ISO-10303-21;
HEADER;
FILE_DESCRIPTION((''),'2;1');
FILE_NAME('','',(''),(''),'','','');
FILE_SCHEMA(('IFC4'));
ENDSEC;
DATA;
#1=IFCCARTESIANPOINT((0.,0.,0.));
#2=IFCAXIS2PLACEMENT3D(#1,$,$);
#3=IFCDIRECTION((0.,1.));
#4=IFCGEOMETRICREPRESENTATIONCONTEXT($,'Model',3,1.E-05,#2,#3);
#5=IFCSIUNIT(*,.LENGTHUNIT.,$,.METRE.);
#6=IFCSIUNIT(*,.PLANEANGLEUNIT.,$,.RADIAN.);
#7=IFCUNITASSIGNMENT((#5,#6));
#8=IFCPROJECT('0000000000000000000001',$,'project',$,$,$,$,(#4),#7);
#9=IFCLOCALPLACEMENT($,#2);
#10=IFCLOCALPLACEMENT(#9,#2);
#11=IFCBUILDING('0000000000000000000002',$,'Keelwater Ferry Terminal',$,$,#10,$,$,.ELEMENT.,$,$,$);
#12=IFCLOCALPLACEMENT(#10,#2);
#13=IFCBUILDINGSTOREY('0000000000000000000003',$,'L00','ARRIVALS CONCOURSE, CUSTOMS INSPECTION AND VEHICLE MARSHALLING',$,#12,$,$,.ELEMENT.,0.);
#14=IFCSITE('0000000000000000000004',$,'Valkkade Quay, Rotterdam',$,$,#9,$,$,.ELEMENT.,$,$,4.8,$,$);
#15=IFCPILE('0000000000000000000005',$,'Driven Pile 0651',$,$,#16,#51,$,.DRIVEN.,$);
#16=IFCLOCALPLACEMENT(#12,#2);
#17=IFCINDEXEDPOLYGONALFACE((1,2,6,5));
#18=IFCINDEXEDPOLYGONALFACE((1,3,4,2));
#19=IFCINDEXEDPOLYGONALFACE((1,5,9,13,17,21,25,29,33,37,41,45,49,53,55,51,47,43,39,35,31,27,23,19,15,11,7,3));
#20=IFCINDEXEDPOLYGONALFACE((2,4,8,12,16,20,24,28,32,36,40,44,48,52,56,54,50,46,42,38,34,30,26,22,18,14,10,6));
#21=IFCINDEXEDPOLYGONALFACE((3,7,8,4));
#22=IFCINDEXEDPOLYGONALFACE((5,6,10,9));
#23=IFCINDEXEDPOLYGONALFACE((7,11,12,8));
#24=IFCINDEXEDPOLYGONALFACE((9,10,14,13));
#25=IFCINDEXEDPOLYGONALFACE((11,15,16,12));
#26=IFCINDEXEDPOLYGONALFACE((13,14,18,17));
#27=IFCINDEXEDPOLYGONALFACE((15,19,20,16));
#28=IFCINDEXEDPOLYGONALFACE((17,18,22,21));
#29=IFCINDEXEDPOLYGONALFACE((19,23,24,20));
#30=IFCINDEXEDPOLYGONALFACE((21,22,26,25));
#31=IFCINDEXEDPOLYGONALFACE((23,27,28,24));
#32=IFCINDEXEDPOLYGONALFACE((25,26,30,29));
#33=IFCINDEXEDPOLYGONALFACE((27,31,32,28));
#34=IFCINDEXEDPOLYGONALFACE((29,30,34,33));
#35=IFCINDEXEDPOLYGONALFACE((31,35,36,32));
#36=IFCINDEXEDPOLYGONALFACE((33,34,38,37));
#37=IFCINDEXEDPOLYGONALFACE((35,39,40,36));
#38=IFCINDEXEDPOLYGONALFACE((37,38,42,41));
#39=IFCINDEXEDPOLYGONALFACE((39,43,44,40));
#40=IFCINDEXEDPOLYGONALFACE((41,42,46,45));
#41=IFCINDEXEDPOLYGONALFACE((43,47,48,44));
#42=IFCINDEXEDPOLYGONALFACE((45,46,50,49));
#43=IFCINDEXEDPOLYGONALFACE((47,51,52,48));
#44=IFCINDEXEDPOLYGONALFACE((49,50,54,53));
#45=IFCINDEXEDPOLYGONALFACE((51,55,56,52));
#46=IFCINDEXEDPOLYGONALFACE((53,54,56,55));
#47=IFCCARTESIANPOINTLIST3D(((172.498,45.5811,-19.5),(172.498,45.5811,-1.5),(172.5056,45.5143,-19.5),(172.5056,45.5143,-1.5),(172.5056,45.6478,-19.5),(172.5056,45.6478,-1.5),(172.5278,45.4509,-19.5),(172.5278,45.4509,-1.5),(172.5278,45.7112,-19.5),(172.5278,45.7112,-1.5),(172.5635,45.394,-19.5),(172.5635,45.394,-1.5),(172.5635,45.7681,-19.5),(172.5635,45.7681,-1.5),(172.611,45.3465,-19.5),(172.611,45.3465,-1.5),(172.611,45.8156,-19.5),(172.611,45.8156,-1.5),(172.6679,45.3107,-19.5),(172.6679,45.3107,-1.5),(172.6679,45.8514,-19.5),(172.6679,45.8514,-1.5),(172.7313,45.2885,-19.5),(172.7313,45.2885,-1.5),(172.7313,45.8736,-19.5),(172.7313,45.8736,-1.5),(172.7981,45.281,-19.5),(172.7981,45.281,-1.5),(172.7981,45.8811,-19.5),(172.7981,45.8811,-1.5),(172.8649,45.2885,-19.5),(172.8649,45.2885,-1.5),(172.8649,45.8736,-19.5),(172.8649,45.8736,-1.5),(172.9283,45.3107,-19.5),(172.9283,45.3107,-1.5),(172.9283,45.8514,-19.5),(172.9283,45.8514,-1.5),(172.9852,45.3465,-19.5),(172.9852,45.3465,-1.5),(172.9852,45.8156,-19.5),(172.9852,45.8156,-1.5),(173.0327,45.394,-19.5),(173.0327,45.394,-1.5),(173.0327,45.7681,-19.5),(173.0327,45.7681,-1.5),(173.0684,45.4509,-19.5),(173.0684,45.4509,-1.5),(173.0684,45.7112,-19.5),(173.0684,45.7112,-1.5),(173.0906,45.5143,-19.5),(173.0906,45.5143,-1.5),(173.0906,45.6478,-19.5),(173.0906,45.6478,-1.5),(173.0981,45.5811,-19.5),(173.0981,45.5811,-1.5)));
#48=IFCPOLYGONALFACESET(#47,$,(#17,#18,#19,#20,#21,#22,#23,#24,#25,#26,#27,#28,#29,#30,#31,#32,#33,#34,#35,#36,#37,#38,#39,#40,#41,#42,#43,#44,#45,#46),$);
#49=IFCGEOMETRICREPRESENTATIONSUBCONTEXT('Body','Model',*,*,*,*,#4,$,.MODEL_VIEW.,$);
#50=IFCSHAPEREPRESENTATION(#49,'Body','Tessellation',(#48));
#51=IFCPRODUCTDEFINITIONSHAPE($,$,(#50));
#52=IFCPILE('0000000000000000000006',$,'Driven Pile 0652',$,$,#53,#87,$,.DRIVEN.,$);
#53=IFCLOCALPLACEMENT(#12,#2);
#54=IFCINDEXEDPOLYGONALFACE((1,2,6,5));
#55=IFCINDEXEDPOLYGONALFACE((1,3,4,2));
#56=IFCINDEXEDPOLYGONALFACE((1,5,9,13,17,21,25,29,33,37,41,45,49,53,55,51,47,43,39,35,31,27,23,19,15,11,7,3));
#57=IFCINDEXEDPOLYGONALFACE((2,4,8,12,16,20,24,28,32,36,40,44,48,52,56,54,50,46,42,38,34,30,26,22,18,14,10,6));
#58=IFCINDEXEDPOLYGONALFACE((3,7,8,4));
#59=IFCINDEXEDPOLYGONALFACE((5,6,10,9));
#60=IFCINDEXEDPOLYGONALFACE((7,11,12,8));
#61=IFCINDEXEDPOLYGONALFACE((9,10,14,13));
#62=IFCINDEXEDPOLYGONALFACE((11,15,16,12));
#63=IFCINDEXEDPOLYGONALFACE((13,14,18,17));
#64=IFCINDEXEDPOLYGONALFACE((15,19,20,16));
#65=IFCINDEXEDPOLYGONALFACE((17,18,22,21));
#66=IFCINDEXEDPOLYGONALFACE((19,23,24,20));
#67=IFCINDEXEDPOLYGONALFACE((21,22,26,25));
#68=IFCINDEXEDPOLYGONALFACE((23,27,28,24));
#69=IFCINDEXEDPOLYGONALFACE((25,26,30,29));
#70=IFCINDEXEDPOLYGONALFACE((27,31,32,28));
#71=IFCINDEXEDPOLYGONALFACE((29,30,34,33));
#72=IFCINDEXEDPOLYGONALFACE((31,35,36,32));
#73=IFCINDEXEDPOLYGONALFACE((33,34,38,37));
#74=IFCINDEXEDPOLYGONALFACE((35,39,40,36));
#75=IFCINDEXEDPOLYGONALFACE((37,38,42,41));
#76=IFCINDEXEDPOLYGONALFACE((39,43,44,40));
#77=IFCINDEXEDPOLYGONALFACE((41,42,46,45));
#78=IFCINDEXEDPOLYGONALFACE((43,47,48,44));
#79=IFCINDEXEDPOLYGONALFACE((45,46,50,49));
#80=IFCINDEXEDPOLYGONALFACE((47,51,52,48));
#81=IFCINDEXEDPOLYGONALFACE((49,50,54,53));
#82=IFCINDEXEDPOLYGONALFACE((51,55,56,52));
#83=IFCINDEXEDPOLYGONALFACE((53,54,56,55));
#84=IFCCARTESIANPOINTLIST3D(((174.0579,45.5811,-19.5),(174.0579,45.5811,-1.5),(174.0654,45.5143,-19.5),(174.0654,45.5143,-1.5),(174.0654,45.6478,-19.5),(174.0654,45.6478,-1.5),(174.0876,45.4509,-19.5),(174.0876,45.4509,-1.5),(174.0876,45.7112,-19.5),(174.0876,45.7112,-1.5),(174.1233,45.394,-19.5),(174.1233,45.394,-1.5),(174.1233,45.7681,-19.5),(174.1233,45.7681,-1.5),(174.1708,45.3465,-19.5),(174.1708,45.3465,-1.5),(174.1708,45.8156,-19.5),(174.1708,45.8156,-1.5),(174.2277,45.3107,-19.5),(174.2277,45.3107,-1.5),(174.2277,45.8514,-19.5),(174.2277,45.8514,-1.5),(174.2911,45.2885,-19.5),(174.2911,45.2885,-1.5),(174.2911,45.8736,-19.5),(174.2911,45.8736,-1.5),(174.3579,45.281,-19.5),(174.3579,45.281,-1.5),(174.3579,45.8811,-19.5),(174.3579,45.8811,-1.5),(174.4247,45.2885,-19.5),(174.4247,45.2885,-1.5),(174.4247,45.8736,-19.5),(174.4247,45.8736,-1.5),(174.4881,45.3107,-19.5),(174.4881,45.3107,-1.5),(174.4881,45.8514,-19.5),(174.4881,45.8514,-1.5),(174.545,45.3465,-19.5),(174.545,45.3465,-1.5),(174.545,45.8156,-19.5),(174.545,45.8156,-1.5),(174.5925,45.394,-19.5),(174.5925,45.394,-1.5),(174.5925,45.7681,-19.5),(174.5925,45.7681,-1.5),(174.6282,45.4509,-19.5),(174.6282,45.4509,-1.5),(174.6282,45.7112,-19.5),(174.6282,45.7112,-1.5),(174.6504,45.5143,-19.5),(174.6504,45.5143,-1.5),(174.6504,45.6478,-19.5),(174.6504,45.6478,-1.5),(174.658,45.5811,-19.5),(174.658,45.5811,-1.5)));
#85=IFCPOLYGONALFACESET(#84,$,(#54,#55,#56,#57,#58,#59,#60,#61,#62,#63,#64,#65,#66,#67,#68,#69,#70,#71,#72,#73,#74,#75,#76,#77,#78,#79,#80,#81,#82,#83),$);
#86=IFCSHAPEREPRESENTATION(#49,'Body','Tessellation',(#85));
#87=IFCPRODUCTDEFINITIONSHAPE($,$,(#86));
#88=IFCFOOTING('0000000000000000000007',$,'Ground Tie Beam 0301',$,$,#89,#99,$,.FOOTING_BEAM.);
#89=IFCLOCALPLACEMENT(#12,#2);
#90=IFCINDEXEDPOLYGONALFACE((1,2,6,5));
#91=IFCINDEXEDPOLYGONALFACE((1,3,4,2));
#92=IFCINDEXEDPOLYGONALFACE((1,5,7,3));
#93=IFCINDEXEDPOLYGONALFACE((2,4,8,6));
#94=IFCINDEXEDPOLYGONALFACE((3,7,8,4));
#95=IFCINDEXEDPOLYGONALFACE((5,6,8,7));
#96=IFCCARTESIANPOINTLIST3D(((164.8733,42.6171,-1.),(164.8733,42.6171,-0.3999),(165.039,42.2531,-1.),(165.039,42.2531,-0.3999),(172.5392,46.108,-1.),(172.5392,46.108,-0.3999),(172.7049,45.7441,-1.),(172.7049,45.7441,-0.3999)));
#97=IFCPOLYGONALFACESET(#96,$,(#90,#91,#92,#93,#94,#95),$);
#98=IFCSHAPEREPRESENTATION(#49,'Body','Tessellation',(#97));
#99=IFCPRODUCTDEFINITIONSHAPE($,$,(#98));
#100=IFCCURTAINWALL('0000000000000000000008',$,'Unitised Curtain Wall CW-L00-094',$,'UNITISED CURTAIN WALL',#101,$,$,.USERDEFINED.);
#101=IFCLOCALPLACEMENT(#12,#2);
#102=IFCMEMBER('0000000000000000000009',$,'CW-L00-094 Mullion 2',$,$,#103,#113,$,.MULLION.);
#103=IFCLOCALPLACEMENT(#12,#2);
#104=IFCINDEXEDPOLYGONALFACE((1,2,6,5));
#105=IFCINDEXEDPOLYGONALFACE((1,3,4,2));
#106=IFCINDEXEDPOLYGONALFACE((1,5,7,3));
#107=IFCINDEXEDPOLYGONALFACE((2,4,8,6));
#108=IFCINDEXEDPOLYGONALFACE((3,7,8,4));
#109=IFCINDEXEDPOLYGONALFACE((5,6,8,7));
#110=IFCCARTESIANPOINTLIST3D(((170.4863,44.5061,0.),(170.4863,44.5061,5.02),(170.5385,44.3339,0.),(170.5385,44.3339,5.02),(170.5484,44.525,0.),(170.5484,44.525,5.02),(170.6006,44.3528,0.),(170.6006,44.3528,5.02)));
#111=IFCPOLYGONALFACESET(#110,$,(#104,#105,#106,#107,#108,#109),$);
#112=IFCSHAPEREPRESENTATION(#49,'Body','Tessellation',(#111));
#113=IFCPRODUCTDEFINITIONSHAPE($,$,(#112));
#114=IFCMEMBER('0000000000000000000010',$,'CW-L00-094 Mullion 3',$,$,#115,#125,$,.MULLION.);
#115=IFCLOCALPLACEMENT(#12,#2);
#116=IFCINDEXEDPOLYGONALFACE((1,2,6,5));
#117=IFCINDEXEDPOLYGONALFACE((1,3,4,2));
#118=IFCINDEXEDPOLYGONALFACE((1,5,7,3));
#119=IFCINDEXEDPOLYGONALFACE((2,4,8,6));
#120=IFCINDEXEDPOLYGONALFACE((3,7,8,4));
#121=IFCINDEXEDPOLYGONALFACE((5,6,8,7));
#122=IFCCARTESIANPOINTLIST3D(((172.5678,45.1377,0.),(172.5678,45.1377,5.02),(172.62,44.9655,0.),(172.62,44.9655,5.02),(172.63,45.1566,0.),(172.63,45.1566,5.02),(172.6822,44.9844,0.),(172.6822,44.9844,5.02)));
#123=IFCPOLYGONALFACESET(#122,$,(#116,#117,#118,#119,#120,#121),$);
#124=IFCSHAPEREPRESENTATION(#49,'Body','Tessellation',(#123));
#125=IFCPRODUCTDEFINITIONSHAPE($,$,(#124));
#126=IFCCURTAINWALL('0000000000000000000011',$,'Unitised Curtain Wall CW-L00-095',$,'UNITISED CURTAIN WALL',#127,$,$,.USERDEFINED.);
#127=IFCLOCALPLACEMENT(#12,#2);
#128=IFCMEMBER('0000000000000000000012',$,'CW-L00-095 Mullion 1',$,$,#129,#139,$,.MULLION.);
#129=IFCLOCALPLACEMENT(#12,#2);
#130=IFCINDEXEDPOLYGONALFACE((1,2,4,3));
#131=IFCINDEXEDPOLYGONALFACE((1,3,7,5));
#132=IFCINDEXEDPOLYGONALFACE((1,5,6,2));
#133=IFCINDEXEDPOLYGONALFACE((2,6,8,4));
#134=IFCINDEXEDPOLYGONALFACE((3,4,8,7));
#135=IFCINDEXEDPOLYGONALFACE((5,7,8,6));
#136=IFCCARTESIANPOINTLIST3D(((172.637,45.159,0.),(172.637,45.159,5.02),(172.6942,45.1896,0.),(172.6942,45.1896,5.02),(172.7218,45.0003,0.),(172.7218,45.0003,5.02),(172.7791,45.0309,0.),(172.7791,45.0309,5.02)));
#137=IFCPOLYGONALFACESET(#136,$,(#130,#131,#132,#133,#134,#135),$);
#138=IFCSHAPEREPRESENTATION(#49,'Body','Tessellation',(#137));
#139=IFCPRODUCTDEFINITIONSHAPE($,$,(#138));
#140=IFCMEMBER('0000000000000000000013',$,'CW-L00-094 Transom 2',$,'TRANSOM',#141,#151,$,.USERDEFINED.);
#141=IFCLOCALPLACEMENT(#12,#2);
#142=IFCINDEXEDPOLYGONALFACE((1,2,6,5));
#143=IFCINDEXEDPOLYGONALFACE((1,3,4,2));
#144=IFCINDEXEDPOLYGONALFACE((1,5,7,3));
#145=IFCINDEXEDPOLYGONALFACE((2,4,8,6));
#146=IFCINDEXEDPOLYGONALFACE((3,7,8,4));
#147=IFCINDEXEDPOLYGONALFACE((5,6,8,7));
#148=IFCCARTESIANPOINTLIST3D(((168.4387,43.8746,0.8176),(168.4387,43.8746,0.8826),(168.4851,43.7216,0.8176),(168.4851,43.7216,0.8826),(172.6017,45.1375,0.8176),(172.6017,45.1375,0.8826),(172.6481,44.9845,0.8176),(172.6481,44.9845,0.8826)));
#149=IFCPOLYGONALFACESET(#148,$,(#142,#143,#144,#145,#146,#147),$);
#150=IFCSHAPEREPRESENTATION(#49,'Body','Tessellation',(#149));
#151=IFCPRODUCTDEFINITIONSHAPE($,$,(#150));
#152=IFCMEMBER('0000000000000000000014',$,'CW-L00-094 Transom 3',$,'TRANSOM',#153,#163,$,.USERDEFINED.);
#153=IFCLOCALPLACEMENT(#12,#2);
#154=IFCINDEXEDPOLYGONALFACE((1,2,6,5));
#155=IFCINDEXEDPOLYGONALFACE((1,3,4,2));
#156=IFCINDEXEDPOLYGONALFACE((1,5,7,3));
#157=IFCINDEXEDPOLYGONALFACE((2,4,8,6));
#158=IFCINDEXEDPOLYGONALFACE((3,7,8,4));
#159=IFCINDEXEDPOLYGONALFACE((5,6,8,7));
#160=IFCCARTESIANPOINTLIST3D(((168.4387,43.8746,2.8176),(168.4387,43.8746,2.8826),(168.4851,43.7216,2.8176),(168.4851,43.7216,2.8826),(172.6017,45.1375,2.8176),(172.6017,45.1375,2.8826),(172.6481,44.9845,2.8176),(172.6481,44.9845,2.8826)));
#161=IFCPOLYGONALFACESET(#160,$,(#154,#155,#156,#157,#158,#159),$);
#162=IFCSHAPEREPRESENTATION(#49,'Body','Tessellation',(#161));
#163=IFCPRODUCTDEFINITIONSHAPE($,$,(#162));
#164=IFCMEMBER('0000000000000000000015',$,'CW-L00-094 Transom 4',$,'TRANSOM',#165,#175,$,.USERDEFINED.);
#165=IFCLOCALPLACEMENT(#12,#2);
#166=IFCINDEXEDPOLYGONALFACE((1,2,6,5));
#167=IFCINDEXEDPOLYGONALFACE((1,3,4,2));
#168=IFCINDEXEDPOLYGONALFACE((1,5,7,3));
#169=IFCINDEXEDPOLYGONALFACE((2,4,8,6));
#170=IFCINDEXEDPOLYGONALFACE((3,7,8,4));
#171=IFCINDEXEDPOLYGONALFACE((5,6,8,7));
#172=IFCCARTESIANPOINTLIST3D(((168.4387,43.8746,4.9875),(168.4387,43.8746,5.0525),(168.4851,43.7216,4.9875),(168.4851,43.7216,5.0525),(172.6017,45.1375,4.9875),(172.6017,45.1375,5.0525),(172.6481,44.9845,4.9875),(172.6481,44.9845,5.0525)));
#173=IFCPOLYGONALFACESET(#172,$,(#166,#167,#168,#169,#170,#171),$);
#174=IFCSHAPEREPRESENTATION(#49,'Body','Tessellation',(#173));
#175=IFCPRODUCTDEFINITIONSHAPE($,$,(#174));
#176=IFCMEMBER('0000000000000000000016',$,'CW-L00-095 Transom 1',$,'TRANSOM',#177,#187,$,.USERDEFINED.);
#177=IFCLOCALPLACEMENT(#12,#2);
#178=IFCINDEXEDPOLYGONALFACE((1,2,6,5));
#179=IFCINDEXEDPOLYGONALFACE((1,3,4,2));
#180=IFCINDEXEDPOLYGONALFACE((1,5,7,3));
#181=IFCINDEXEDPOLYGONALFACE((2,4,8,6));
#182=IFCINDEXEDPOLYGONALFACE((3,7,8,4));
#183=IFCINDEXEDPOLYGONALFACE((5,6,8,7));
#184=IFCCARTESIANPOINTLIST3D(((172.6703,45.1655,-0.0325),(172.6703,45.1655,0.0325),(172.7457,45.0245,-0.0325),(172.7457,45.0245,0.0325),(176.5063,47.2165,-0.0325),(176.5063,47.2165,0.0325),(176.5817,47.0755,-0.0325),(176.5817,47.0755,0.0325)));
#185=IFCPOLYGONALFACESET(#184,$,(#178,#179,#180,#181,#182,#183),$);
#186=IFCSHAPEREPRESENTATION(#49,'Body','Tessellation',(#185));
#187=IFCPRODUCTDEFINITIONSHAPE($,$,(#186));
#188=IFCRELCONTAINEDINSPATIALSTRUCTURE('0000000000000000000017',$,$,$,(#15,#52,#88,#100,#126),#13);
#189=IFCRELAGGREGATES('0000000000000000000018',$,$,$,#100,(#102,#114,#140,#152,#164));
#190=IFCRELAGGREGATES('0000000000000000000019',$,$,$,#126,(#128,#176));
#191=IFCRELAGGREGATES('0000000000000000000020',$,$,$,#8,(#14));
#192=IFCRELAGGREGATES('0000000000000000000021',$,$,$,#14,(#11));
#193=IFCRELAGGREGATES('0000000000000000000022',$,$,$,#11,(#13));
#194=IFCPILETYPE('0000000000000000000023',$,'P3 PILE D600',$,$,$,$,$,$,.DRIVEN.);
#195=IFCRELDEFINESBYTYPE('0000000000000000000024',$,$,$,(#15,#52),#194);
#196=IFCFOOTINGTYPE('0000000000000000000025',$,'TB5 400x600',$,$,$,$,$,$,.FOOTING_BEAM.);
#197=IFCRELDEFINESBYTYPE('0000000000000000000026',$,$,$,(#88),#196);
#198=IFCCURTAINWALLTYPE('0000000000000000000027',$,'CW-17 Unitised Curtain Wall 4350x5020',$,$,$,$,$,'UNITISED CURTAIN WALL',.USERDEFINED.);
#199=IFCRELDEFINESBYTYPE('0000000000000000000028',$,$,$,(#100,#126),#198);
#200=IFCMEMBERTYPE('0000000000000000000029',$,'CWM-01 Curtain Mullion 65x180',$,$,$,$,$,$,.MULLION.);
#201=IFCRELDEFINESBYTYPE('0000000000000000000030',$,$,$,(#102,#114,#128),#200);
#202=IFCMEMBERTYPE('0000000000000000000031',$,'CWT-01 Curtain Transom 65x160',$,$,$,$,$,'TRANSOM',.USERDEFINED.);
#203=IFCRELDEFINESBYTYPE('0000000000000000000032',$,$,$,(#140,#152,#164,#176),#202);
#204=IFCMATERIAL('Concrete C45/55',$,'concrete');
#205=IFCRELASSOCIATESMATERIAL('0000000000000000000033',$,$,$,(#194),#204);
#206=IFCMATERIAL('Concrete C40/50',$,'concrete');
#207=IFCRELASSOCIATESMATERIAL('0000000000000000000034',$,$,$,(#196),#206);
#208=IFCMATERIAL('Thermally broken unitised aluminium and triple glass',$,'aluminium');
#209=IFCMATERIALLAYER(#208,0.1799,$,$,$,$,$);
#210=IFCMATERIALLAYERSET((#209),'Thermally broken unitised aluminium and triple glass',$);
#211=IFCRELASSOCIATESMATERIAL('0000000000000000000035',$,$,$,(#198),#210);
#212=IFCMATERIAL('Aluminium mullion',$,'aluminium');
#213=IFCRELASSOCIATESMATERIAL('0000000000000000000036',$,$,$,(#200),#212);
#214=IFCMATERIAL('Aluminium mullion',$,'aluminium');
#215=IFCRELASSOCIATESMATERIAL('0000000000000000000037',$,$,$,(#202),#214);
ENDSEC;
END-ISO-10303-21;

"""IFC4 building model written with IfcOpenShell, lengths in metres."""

from ifc_helpers import new_model, si_unit, direction, frame, origin, origin_2d, place, context, subcontext, project, spatial, rectangle, circle, extrude, material, layer, layer_set, material_profile, profile_set, type_object, element, aggregate, save


model = new_model("IFC4")

# Units and contexts
model_context = context("Model", 3, precision=1e-05, world=origin(), true_north=direction((0.0, 1.0)))
body_context = subcontext(model_context, "Body", "Model", "MODEL_VIEW")
ifc_project = project(units=[si_unit("LENGTHUNIT", "METRE"), si_unit("PLANEANGLEUNIT", "RADIAN")], contexts=[model_context])

# Site, building, storey
site_placement = place(None, origin())
site = spatial("IfcSite", under=ifc_project, at=site_placement, Name="Valkkade Quay, Rotterdam", CompositionType="ELEMENT", RefElevation=4.8)
building_placement = place(site_placement, origin())
building = spatial("IfcBuilding", under=site, at=building_placement, Name="Keelwater Ferry Terminal", CompositionType="ELEMENT")
storey_placement = place(building_placement, origin())
storey = spatial("IfcBuildingStorey", under=building, at=storey_placement, Name="L00", Description="ARRIVALS CONCOURSE, CUSTOMS INSPECTION AND VEHICLE MARSHALLING", CompositionType="ELEMENT", Elevation=0.0)

# Piles
ifc_material_1 = material(Name="Concrete C45/55", Category="concrete")
ifc_material_profile_1 = material_profile(ifc_material_1, circle(Radius=0.3, at=origin_2d()), Name="PILE D600")
ifc_profile_set_1 = profile_set([ifc_material_profile_1], Name="Concrete C45/55")
pile_type = type_object("IfcPileType", Name="P3 PILE D600", PredefinedType="DRIVEN", material=ifc_profile_set_1)
for number, where, z_axis, x_axis, name in (
    (1, (172.7981, 45.5811, -1.5), (0.0, 0.0, -1.0), (1.0, 0.0, 0.0), "Driven Pile 0651"),
    (2, (174.3579, 45.5811, -1.5), (0.0, 0.0, -1.0), (1.0, 0.0, 0.0), "Driven Pile 0652"),
):
    element("IfcPile", number, at=place(storey_placement, frame(where, z_axis=z_axis, x_axis=x_axis)), inside=storey, type_object=pile_type, Name=name, PredefinedType="DRIVEN", context=body_context, shape_type="SweptSolid", body=[
        extrude(circle(Radius=0.3, at=origin_2d()), origin(), (0.0, 0.0, 1.0), 18.0),
    ])

# Footing
ifc_material_2 = material(Name="Concrete C40/50", Category="concrete")
ifc_material_profile_2 = material_profile(ifc_material_2, rectangle(XDim=0.3999, YDim=0.6001, at=origin_2d()), Name="TB 400x600")
ifc_profile_set_2 = profile_set([ifc_material_profile_2], Name="Concrete C40/50")
footing_type = type_object("IfcFootingType", Name="TB5 400x600", PredefinedType="FOOTING_BEAM", material=ifc_profile_set_2)
footing_placement = place(storey_placement, frame((172.6221, 45.926, -0.7), z_axis=(-0.910079, -0.414434, 0.0), x_axis=(0.414434, -0.910079, 0.0)))
element("IfcFooting", 3, at=footing_placement, inside=storey, type_object=footing_type, Name="Ground Tie Beam 0301", PredefinedType="FOOTING_BEAM", context=body_context, shape_type="SweptSolid", body=[
    extrude(rectangle(XDim=0.3999, YDim=0.6001, at=origin_2d()), origin(), (0.0, 0.0, 1.0), 8.4233),
])

# Curtain wall, members
ifc_material_3 = material(Name="Thermally broken unitised aluminium and triple glass", Category="aluminium")
ifc_layer_1 = layer(ifc_material_3, 0.1799)
ifc_layer_set_1 = layer_set([ifc_layer_1], Name="Thermally broken unitised aluminium and triple glass")
curtain_wall_type = type_object("IfcCurtainWallType", Name="CW-17 Unitised Curtain Wall 4350x5020", ElementType="UNITISED CURTAIN WALL", PredefinedType="USERDEFINED", material=ifc_layer_set_1)
curtain_wall_1_placement = place(storey_placement, origin())
curtain_wall_1 = element("IfcCurtainWall", 4, at=curtain_wall_1_placement, inside=storey, type_object=curtain_wall_type, Name="Unitised Curtain Wall CW-L00-094", ObjectType="UNITISED CURTAIN WALL", PredefinedType="USERDEFINED")
ifc_material_4 = material(Name="Aluminium mullion", Category="aluminium")
ifc_material_profile_3 = material_profile(ifc_material_4, rectangle(XDim=0.0649, YDim=0.1799, at=origin_2d()), Name="CWM-01")
ifc_profile_set_3 = profile_set([ifc_material_profile_3], Name="Aluminium mullion")
member_type_1 = type_object("IfcMemberType", Name="CWM-01 Curtain Mullion 65x180", PredefinedType="MULLION", material=ifc_profile_set_3)
member_1_placement = place(storey_placement, frame((170.5435, 44.4294, 0.0), z_axis=(0.0, 0.0, 1.0), x_axis=(0.95693, 0.29032, 0.0)))
member_1 = element("IfcMember", 5, at=member_1_placement, type_object=member_type_1, Name="CW-L00-094 Mullion 2", PredefinedType="MULLION", context=body_context, shape_type="SweptSolid", body=[
    extrude(rectangle(XDim=0.0649, YDim=0.1799, at=origin_2d()), origin(), (0.0, 0.0, 1.0), 5.02),
])
member_2_placement = place(storey_placement, frame((172.625, 45.061, 0.0), z_axis=(0.0, 0.0, 1.0), x_axis=(0.95693, 0.29032, 0.0)))
member_2 = element("IfcMember", 6, at=member_2_placement, type_object=member_type_1, Name="CW-L00-094 Mullion 3", PredefinedType="MULLION", context=body_context, shape_type="SweptSolid", body=[
    extrude(rectangle(XDim=0.0649, YDim=0.1799, at=origin_2d()), origin(), (0.0, 0.0, 1.0), 5.02),
])

# Curtain wall, member
curtain_wall_2_placement = place(storey_placement, origin())
curtain_wall_2 = element("IfcCurtainWall", 7, at=curtain_wall_2_placement, inside=storey, type_object=curtain_wall_type, Name="Unitised Curtain Wall CW-L00-095", ObjectType="UNITISED CURTAIN WALL", PredefinedType="USERDEFINED")
member_3_placement = place(storey_placement, frame((172.708, 45.095, 0.0), z_axis=(0.0, 0.0, 1.0), x_axis=(0.881862, 0.471507, 0.0)))
member_3 = element("IfcMember", 8, at=member_3_placement, type_object=member_type_1, Name="CW-L00-095 Mullion 1", PredefinedType="MULLION", context=body_context, shape_type="SweptSolid", body=[
    extrude(rectangle(XDim=0.0649, YDim=0.1799, at=origin_2d()), origin(), (0.0, 0.0, 1.0), 5.02),
])

# Members
ifc_material_5 = material(Name="Aluminium mullion", Category="aluminium")
ifc_material_profile_4 = material_profile(ifc_material_5, rectangle(XDim=0.1599, YDim=0.0649, at=origin_2d()), Name="CWT-01")
ifc_profile_set_4 = profile_set([ifc_material_profile_4], Name="Aluminium mullion")
member_type_2 = type_object("IfcMemberType", Name="CWT-01 Curtain Transom 65x160", ElementType="TRANSOM", PredefinedType="USERDEFINED", material=ifc_profile_set_4)
member_4_placement = place(storey_placement, frame((168.4619, 43.7981, 0.8501), z_axis=(0.956935, 0.290302, 0.0), x_axis=(-0.290302, 0.956935, 0.0)))
member_4 = element("IfcMember", 9, at=member_4_placement, type_object=member_type_2, Name="CW-L00-094 Transom 2", ObjectType="TRANSOM", PredefinedType="USERDEFINED", context=body_context, shape_type="SweptSolid", body=[
    extrude(rectangle(XDim=0.1599, YDim=0.0649, at=origin_2d()), origin(), (0.0, 0.0, 1.0), 4.3503),
])
member_5_placement = place(storey_placement, frame((168.4619, 43.7981, 2.8501), z_axis=(0.956935, 0.290302, 0.0), x_axis=(-0.290302, 0.956935, 0.0)))
member_5 = element("IfcMember", 10, at=member_5_placement, type_object=member_type_2, Name="CW-L00-094 Transom 3", ObjectType="TRANSOM", PredefinedType="USERDEFINED", context=body_context, shape_type="SweptSolid", body=[
    extrude(rectangle(XDim=0.1599, YDim=0.0649, at=origin_2d()), origin(), (0.0, 0.0, 1.0), 4.3503),
])
member_6_placement = place(storey_placement, frame((168.4619, 43.7981, 5.02), z_axis=(0.956935, 0.290302, 0.0), x_axis=(-0.290302, 0.956935, 0.0)))
member_6 = element("IfcMember", 11, at=member_6_placement, type_object=member_type_2, Name="CW-L00-094 Transom 4", ObjectType="TRANSOM", PredefinedType="USERDEFINED", context=body_context, shape_type="SweptSolid", body=[
    extrude(rectangle(XDim=0.1599, YDim=0.0649, at=origin_2d()), origin(), (0.0, 0.0, 1.0), 4.3503),
])
member_7_placement = place(storey_placement, frame((172.708, 45.095, 0.0), z_axis=(0.881857, 0.471517, 0.0), x_axis=(-0.471517, 0.881857, 0.0)))
member_7 = element("IfcMember", 12, at=member_7_placement, type_object=member_type_2, Name="CW-L00-095 Transom 1", ObjectType="TRANSOM", PredefinedType="USERDEFINED", context=body_context, shape_type="SweptSolid", body=[
    extrude(rectangle(XDim=0.1599, YDim=0.0649, at=origin_2d()), origin(), (0.0, 0.0, 1.0), 4.3499),
])

aggregate(curtain_wall_1, [member_1, member_2, member_4, member_5, member_6])
aggregate(curtain_wall_2, [member_3, member_7])

save(model, "model.ifc")
